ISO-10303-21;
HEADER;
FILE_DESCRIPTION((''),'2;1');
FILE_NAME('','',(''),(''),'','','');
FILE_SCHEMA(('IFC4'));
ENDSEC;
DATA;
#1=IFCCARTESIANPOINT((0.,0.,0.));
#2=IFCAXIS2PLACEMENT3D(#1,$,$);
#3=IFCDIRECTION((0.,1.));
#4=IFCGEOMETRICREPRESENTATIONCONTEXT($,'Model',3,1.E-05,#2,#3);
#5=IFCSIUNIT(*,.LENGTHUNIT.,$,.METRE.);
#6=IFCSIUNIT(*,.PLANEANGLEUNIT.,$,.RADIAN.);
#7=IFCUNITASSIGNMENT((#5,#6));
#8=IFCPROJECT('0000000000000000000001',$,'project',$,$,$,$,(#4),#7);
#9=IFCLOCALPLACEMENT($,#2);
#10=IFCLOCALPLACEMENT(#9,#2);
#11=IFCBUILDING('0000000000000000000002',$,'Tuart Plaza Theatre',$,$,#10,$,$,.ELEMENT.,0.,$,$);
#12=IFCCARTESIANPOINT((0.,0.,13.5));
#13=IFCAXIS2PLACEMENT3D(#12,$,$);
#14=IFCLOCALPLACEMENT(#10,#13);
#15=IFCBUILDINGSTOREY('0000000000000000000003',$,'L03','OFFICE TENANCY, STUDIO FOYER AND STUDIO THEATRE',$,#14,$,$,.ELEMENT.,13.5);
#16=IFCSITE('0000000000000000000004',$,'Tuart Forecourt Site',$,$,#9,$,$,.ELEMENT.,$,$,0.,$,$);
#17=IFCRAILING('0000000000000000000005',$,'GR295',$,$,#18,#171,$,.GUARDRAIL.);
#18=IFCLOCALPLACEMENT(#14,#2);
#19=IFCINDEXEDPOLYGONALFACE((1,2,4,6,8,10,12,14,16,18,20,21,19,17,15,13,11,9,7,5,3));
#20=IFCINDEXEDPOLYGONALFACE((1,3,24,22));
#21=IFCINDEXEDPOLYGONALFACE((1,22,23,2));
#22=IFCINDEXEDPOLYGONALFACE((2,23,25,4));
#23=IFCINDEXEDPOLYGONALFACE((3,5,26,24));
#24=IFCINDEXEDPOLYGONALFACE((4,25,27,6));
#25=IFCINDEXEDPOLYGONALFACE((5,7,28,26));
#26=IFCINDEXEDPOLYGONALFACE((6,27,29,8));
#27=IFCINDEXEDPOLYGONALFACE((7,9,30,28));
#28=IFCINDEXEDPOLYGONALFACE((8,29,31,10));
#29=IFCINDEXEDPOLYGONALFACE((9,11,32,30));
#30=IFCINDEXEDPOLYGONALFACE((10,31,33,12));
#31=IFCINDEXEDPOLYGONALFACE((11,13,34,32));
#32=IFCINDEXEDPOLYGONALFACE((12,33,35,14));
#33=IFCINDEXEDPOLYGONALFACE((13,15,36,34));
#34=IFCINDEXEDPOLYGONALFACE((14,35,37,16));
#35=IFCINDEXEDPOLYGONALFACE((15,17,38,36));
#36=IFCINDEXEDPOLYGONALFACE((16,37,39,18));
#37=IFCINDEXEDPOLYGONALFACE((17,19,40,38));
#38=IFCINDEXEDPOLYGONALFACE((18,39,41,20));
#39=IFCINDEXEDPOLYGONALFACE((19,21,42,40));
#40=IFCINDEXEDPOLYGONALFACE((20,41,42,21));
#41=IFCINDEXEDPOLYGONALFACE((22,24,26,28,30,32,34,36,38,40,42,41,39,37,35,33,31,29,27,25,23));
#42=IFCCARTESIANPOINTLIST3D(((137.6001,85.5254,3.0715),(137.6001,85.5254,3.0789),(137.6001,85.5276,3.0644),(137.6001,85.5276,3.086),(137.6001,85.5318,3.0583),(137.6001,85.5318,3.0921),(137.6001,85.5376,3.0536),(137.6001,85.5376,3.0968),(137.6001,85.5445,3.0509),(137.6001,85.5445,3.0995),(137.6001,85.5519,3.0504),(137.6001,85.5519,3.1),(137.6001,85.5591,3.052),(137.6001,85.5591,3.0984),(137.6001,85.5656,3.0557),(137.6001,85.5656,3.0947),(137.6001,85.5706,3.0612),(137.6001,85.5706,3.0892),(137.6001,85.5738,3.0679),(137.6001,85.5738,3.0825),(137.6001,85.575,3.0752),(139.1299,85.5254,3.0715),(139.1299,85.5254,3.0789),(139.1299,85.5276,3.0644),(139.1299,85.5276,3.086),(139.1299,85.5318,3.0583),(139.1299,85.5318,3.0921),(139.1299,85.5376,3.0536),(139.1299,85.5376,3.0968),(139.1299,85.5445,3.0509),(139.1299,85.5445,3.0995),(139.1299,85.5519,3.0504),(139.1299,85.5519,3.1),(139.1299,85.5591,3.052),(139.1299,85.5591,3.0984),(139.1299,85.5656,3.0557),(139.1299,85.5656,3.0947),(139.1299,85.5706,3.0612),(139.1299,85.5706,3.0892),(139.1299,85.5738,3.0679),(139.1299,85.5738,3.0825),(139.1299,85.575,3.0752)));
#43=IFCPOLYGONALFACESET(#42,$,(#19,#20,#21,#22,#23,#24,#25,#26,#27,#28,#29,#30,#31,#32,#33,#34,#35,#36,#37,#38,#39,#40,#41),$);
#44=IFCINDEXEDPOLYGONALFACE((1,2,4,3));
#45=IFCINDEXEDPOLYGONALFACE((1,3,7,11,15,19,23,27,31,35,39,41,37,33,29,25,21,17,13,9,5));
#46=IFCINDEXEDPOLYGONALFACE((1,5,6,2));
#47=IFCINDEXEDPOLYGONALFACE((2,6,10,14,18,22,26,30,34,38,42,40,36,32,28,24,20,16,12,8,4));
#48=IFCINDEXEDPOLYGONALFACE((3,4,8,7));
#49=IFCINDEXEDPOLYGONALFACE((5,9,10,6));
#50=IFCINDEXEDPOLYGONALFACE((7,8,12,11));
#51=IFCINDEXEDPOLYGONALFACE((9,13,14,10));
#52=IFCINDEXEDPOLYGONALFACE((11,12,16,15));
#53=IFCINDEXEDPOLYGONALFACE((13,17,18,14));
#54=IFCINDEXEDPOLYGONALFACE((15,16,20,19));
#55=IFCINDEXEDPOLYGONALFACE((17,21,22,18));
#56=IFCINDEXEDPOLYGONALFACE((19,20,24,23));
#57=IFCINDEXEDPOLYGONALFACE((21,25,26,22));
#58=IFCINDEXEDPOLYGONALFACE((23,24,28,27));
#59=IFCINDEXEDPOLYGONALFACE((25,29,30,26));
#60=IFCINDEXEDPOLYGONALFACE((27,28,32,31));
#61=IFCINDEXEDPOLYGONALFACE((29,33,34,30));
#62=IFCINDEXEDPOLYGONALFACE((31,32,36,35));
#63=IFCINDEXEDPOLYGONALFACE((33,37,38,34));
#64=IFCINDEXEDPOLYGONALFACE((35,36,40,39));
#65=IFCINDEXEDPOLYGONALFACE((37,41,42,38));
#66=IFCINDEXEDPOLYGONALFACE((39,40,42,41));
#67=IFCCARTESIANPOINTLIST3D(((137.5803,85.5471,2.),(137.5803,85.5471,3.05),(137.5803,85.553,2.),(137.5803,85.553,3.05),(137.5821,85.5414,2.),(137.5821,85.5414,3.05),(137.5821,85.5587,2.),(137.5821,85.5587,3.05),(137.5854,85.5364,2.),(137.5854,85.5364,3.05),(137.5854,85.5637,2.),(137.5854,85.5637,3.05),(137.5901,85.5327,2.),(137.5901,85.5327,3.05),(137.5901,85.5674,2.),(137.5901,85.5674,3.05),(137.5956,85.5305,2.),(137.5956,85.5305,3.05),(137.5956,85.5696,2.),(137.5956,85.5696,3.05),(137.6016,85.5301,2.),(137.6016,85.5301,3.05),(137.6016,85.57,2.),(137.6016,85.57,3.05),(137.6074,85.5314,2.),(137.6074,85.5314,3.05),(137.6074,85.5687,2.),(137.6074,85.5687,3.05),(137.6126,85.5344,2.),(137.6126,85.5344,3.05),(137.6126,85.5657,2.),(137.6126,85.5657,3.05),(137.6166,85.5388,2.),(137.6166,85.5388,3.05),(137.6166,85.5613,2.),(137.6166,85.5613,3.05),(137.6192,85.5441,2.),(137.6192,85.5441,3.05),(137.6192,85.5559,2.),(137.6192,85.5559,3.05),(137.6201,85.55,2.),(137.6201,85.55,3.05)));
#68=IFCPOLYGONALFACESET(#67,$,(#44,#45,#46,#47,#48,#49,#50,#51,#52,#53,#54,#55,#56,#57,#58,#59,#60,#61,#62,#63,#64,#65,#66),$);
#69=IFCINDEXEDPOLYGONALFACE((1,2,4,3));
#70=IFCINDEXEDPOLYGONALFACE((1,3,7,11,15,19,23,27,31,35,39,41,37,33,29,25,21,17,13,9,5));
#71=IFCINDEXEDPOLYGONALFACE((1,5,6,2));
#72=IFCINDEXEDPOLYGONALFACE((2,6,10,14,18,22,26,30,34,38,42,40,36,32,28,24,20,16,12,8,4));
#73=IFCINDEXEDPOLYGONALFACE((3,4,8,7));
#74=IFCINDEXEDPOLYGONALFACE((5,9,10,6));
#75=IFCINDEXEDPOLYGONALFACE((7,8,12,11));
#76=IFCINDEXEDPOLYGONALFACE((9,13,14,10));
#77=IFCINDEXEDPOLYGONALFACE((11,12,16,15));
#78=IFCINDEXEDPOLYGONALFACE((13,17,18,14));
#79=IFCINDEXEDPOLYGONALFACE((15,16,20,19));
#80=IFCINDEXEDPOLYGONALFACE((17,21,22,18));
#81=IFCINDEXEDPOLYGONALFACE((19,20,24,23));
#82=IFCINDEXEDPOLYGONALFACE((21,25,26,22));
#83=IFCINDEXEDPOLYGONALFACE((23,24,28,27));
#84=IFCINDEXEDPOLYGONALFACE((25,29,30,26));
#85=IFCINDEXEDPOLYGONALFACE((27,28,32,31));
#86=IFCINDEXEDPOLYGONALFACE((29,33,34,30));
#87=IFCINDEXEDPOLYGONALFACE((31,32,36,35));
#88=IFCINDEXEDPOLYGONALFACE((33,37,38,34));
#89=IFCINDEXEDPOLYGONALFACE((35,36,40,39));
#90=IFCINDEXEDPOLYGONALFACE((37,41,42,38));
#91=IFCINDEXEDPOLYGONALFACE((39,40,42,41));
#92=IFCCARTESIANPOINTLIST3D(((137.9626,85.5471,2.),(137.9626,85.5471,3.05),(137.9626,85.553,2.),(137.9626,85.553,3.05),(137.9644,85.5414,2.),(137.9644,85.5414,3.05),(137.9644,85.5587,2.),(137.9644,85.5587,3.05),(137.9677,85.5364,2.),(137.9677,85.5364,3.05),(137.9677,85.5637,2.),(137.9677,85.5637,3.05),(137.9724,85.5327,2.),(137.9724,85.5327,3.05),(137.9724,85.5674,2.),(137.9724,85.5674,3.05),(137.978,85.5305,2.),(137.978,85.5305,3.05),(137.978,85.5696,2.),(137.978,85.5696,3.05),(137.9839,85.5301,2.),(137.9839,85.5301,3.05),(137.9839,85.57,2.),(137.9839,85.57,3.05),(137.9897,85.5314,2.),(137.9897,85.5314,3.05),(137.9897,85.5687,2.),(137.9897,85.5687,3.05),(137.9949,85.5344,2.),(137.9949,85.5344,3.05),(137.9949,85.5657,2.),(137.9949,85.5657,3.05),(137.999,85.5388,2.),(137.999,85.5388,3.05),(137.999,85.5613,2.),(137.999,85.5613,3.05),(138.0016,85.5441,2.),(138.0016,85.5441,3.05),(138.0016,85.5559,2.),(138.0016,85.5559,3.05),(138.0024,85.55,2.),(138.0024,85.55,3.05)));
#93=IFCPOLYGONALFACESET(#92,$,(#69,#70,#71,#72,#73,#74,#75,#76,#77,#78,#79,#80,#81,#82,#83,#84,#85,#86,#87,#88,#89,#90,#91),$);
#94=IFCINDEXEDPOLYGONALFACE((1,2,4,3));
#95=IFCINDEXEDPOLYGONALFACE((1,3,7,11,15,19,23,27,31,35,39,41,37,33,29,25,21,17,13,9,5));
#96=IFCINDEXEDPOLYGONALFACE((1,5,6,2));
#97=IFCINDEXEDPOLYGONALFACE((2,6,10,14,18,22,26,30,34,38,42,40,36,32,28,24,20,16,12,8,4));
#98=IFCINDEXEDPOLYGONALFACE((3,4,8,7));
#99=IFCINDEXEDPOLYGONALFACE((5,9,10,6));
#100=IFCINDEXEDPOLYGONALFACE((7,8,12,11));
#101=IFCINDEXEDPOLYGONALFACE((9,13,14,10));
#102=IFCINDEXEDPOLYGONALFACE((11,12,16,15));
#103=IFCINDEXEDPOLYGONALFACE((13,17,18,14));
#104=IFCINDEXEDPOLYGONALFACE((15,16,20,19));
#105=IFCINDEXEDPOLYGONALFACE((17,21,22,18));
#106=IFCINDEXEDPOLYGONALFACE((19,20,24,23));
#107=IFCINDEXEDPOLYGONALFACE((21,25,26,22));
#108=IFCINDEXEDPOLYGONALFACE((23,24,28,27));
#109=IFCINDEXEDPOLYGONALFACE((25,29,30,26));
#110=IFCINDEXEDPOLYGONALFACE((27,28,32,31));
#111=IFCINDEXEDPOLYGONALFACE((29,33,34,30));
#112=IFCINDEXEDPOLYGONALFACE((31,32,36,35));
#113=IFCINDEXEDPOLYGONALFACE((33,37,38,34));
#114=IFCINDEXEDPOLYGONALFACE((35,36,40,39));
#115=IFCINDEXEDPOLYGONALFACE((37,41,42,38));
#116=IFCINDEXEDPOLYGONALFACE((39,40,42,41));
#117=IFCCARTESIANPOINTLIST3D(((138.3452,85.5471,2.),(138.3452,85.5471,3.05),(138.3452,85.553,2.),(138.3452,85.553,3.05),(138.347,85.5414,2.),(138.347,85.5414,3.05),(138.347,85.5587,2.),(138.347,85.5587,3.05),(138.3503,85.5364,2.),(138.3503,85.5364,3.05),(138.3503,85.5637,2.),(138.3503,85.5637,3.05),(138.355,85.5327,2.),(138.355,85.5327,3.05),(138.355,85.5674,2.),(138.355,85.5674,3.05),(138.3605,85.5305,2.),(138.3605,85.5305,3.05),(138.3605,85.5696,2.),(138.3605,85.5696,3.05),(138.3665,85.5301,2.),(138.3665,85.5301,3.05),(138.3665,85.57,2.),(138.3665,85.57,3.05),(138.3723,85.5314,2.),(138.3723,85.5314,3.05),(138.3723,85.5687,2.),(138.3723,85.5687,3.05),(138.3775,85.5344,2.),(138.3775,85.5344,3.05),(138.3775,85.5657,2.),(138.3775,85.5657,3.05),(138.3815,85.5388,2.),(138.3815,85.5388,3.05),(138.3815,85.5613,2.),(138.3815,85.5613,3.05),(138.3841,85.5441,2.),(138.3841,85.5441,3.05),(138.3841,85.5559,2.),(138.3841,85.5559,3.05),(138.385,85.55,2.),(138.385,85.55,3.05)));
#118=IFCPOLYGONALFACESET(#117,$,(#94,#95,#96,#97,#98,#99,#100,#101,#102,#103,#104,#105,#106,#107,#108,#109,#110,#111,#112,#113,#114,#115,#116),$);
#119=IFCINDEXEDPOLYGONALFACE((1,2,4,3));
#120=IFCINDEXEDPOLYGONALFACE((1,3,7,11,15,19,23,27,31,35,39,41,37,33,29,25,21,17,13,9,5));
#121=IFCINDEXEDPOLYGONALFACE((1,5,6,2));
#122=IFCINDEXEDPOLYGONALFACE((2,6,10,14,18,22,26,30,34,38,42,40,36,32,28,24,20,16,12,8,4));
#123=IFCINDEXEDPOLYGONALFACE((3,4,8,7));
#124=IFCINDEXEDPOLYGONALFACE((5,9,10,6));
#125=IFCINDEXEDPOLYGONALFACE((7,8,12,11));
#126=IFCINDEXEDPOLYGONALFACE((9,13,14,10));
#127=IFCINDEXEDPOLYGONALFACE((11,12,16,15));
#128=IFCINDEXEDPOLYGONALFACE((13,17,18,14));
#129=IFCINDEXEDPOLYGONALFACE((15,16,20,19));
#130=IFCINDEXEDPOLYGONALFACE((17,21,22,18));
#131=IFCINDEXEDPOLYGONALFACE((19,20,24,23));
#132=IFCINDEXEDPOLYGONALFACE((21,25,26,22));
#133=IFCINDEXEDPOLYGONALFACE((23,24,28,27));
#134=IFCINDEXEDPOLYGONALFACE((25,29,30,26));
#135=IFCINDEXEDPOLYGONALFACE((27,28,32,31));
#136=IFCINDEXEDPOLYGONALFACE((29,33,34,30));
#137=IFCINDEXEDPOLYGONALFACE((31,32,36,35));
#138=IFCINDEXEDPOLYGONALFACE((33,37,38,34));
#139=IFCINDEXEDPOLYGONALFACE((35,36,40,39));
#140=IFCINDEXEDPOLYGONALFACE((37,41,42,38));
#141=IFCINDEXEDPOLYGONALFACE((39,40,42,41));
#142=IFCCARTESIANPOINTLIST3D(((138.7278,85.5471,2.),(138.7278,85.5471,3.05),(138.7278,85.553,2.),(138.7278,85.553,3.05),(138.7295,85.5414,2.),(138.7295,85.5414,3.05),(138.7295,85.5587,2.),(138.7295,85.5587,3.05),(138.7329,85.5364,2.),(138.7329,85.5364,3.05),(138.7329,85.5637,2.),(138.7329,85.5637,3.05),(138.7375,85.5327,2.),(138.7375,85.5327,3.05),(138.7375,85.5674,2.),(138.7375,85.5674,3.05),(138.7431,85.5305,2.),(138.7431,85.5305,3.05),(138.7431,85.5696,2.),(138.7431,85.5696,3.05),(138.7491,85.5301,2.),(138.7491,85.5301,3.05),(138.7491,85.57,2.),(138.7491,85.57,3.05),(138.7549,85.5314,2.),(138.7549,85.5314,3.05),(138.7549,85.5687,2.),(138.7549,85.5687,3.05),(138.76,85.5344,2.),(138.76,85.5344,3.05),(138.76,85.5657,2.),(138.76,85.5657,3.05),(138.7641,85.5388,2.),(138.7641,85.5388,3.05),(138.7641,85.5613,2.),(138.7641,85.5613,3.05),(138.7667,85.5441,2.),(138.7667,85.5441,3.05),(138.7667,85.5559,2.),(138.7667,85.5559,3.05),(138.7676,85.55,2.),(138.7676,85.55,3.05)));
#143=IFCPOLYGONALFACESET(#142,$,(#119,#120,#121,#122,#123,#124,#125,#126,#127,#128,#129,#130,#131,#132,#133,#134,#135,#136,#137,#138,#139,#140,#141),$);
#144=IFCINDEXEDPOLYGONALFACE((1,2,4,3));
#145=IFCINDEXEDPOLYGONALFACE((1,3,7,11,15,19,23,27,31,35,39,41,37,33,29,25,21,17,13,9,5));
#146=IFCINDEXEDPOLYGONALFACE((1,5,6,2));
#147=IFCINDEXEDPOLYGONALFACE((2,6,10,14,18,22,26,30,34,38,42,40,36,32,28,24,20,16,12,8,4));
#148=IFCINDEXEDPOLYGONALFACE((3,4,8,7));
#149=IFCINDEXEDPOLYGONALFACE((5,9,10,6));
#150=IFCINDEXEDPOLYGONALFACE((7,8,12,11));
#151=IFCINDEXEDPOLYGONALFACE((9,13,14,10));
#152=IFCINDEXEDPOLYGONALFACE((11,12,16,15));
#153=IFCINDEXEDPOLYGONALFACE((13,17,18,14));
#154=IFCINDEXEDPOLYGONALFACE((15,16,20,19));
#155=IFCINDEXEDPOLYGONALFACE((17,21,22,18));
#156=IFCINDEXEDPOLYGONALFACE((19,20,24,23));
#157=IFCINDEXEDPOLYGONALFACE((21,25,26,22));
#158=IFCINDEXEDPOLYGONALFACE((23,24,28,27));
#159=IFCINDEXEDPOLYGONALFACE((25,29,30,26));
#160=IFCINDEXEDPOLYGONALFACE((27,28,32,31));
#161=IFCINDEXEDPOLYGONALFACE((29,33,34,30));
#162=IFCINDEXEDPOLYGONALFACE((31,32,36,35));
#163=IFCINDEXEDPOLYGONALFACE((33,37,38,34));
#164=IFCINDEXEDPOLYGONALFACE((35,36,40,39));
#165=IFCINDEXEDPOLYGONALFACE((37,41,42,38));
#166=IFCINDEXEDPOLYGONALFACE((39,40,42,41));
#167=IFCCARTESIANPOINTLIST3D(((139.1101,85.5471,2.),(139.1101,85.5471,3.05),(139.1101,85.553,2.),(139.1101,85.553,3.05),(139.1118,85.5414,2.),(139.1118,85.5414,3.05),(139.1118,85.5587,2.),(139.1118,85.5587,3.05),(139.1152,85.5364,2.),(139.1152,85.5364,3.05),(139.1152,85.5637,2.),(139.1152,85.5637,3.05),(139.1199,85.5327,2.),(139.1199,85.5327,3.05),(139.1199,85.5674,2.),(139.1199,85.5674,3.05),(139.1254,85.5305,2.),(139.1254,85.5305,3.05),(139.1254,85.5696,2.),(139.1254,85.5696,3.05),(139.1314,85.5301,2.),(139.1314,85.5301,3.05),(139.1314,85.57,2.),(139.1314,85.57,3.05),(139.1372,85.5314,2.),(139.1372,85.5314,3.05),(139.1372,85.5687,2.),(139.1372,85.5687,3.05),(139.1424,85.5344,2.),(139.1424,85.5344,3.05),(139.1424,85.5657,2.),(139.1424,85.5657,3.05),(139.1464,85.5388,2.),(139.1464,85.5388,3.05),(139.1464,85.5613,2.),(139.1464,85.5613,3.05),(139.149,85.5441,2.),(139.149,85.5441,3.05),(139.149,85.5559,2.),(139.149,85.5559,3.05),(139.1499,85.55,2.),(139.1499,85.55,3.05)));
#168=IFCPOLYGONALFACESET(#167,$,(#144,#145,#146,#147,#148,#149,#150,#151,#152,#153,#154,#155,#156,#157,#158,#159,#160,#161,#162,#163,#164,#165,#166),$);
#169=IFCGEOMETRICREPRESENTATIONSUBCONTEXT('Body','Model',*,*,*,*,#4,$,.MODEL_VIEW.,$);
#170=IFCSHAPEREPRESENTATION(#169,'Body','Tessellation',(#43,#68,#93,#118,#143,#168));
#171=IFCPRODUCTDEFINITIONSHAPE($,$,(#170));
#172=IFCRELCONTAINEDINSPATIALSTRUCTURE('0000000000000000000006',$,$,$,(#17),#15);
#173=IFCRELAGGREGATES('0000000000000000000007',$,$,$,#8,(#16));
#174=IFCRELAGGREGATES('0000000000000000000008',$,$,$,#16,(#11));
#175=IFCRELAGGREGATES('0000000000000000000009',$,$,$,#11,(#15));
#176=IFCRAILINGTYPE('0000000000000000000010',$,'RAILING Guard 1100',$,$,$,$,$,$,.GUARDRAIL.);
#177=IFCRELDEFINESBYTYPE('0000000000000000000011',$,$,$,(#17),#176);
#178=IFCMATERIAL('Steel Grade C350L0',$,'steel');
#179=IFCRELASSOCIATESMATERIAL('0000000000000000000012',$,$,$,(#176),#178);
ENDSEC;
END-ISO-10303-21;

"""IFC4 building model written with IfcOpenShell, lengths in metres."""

from ifc_helpers import new_model, si_unit, direction, frame, origin, origin_2d, place, context, subcontext, project, spatial, circle, extrude, material, type_object, element, save


model = new_model("IFC4")

# Units and contexts
model_context = context("Model", 3, precision=1e-05, world=origin(), true_north=direction((0.0, 1.0)))
body_context = subcontext(model_context, "Body", "Model", "MODEL_VIEW")
ifc_project = project(units=[si_unit("LENGTHUNIT", "METRE"), si_unit("PLANEANGLEUNIT", "RADIAN")], contexts=[model_context])

# Site, building, storey
site_placement = place(None, origin())
site = spatial("IfcSite", under=ifc_project, at=site_placement, Name="Tuart Forecourt Site", CompositionType="ELEMENT", RefElevation=0.0)
building_placement = place(site_placement, origin())
building = spatial("IfcBuilding", under=site, at=building_placement, Name="Tuart Plaza Theatre", CompositionType="ELEMENT", ElevationOfRefHeight=0.0)
storey_placement = place(building_placement, frame((0.0, 0.0, 13.5)))
storey = spatial("IfcBuildingStorey", under=building, at=storey_placement, Name="L03", Description="OFFICE TENANCY, STUDIO FOYER AND STUDIO THEATRE", CompositionType="ELEMENT", Elevation=13.5)

# Railing
ifc_material_1 = material(Name="Steel Grade C350L0", Category="steel")
railing_type_1 = type_object("IfcRailingType", Name="RAILING Guard 1100", PredefinedType="GUARDRAIL", material=ifc_material_1)
railing_1_placement = place(storey_placement, frame((137.6001, 85.55, 2.0)))
element("IfcRailing", 1, at=railing_1_placement, inside=storey, type_object=railing_type_1, Name="GR295", PredefinedType="GUARDRAIL", context=body_context, shape_type="SweptSolid", body=[
    extrude(circle(Radius=0.0249, at=origin_2d()), frame((0.0, 0.0, 1.0752), z_axis=(1.0, 0.0, 0.0), x_axis=(0.0, 1.0, 0.0)), (0.0, 0.0, 1.0), 1.5298),
    extrude(circle(Radius=0.02, at=origin_2d()), origin(), (0.0, 0.0, 1.0), 1.05),
    extrude(circle(Radius=0.02, at=origin_2d()), frame((0.3823, 0.0, 0.0)), (0.0, 0.0, 1.0), 1.05),
    extrude(circle(Radius=0.02, at=origin_2d()), frame((0.7649, 0.0, 0.0)), (0.0, 0.0, 1.0), 1.05),
    extrude(circle(Radius=0.02, at=origin_2d()), frame((1.1475, 0.0, 0.0)), (0.0, 0.0, 1.0), 1.05),
    extrude(circle(Radius=0.02, at=origin_2d()), frame((1.5298, 0.0, 0.0)), (0.0, 0.0, 1.0), 1.05),
])

save(model, "model.ifc")
